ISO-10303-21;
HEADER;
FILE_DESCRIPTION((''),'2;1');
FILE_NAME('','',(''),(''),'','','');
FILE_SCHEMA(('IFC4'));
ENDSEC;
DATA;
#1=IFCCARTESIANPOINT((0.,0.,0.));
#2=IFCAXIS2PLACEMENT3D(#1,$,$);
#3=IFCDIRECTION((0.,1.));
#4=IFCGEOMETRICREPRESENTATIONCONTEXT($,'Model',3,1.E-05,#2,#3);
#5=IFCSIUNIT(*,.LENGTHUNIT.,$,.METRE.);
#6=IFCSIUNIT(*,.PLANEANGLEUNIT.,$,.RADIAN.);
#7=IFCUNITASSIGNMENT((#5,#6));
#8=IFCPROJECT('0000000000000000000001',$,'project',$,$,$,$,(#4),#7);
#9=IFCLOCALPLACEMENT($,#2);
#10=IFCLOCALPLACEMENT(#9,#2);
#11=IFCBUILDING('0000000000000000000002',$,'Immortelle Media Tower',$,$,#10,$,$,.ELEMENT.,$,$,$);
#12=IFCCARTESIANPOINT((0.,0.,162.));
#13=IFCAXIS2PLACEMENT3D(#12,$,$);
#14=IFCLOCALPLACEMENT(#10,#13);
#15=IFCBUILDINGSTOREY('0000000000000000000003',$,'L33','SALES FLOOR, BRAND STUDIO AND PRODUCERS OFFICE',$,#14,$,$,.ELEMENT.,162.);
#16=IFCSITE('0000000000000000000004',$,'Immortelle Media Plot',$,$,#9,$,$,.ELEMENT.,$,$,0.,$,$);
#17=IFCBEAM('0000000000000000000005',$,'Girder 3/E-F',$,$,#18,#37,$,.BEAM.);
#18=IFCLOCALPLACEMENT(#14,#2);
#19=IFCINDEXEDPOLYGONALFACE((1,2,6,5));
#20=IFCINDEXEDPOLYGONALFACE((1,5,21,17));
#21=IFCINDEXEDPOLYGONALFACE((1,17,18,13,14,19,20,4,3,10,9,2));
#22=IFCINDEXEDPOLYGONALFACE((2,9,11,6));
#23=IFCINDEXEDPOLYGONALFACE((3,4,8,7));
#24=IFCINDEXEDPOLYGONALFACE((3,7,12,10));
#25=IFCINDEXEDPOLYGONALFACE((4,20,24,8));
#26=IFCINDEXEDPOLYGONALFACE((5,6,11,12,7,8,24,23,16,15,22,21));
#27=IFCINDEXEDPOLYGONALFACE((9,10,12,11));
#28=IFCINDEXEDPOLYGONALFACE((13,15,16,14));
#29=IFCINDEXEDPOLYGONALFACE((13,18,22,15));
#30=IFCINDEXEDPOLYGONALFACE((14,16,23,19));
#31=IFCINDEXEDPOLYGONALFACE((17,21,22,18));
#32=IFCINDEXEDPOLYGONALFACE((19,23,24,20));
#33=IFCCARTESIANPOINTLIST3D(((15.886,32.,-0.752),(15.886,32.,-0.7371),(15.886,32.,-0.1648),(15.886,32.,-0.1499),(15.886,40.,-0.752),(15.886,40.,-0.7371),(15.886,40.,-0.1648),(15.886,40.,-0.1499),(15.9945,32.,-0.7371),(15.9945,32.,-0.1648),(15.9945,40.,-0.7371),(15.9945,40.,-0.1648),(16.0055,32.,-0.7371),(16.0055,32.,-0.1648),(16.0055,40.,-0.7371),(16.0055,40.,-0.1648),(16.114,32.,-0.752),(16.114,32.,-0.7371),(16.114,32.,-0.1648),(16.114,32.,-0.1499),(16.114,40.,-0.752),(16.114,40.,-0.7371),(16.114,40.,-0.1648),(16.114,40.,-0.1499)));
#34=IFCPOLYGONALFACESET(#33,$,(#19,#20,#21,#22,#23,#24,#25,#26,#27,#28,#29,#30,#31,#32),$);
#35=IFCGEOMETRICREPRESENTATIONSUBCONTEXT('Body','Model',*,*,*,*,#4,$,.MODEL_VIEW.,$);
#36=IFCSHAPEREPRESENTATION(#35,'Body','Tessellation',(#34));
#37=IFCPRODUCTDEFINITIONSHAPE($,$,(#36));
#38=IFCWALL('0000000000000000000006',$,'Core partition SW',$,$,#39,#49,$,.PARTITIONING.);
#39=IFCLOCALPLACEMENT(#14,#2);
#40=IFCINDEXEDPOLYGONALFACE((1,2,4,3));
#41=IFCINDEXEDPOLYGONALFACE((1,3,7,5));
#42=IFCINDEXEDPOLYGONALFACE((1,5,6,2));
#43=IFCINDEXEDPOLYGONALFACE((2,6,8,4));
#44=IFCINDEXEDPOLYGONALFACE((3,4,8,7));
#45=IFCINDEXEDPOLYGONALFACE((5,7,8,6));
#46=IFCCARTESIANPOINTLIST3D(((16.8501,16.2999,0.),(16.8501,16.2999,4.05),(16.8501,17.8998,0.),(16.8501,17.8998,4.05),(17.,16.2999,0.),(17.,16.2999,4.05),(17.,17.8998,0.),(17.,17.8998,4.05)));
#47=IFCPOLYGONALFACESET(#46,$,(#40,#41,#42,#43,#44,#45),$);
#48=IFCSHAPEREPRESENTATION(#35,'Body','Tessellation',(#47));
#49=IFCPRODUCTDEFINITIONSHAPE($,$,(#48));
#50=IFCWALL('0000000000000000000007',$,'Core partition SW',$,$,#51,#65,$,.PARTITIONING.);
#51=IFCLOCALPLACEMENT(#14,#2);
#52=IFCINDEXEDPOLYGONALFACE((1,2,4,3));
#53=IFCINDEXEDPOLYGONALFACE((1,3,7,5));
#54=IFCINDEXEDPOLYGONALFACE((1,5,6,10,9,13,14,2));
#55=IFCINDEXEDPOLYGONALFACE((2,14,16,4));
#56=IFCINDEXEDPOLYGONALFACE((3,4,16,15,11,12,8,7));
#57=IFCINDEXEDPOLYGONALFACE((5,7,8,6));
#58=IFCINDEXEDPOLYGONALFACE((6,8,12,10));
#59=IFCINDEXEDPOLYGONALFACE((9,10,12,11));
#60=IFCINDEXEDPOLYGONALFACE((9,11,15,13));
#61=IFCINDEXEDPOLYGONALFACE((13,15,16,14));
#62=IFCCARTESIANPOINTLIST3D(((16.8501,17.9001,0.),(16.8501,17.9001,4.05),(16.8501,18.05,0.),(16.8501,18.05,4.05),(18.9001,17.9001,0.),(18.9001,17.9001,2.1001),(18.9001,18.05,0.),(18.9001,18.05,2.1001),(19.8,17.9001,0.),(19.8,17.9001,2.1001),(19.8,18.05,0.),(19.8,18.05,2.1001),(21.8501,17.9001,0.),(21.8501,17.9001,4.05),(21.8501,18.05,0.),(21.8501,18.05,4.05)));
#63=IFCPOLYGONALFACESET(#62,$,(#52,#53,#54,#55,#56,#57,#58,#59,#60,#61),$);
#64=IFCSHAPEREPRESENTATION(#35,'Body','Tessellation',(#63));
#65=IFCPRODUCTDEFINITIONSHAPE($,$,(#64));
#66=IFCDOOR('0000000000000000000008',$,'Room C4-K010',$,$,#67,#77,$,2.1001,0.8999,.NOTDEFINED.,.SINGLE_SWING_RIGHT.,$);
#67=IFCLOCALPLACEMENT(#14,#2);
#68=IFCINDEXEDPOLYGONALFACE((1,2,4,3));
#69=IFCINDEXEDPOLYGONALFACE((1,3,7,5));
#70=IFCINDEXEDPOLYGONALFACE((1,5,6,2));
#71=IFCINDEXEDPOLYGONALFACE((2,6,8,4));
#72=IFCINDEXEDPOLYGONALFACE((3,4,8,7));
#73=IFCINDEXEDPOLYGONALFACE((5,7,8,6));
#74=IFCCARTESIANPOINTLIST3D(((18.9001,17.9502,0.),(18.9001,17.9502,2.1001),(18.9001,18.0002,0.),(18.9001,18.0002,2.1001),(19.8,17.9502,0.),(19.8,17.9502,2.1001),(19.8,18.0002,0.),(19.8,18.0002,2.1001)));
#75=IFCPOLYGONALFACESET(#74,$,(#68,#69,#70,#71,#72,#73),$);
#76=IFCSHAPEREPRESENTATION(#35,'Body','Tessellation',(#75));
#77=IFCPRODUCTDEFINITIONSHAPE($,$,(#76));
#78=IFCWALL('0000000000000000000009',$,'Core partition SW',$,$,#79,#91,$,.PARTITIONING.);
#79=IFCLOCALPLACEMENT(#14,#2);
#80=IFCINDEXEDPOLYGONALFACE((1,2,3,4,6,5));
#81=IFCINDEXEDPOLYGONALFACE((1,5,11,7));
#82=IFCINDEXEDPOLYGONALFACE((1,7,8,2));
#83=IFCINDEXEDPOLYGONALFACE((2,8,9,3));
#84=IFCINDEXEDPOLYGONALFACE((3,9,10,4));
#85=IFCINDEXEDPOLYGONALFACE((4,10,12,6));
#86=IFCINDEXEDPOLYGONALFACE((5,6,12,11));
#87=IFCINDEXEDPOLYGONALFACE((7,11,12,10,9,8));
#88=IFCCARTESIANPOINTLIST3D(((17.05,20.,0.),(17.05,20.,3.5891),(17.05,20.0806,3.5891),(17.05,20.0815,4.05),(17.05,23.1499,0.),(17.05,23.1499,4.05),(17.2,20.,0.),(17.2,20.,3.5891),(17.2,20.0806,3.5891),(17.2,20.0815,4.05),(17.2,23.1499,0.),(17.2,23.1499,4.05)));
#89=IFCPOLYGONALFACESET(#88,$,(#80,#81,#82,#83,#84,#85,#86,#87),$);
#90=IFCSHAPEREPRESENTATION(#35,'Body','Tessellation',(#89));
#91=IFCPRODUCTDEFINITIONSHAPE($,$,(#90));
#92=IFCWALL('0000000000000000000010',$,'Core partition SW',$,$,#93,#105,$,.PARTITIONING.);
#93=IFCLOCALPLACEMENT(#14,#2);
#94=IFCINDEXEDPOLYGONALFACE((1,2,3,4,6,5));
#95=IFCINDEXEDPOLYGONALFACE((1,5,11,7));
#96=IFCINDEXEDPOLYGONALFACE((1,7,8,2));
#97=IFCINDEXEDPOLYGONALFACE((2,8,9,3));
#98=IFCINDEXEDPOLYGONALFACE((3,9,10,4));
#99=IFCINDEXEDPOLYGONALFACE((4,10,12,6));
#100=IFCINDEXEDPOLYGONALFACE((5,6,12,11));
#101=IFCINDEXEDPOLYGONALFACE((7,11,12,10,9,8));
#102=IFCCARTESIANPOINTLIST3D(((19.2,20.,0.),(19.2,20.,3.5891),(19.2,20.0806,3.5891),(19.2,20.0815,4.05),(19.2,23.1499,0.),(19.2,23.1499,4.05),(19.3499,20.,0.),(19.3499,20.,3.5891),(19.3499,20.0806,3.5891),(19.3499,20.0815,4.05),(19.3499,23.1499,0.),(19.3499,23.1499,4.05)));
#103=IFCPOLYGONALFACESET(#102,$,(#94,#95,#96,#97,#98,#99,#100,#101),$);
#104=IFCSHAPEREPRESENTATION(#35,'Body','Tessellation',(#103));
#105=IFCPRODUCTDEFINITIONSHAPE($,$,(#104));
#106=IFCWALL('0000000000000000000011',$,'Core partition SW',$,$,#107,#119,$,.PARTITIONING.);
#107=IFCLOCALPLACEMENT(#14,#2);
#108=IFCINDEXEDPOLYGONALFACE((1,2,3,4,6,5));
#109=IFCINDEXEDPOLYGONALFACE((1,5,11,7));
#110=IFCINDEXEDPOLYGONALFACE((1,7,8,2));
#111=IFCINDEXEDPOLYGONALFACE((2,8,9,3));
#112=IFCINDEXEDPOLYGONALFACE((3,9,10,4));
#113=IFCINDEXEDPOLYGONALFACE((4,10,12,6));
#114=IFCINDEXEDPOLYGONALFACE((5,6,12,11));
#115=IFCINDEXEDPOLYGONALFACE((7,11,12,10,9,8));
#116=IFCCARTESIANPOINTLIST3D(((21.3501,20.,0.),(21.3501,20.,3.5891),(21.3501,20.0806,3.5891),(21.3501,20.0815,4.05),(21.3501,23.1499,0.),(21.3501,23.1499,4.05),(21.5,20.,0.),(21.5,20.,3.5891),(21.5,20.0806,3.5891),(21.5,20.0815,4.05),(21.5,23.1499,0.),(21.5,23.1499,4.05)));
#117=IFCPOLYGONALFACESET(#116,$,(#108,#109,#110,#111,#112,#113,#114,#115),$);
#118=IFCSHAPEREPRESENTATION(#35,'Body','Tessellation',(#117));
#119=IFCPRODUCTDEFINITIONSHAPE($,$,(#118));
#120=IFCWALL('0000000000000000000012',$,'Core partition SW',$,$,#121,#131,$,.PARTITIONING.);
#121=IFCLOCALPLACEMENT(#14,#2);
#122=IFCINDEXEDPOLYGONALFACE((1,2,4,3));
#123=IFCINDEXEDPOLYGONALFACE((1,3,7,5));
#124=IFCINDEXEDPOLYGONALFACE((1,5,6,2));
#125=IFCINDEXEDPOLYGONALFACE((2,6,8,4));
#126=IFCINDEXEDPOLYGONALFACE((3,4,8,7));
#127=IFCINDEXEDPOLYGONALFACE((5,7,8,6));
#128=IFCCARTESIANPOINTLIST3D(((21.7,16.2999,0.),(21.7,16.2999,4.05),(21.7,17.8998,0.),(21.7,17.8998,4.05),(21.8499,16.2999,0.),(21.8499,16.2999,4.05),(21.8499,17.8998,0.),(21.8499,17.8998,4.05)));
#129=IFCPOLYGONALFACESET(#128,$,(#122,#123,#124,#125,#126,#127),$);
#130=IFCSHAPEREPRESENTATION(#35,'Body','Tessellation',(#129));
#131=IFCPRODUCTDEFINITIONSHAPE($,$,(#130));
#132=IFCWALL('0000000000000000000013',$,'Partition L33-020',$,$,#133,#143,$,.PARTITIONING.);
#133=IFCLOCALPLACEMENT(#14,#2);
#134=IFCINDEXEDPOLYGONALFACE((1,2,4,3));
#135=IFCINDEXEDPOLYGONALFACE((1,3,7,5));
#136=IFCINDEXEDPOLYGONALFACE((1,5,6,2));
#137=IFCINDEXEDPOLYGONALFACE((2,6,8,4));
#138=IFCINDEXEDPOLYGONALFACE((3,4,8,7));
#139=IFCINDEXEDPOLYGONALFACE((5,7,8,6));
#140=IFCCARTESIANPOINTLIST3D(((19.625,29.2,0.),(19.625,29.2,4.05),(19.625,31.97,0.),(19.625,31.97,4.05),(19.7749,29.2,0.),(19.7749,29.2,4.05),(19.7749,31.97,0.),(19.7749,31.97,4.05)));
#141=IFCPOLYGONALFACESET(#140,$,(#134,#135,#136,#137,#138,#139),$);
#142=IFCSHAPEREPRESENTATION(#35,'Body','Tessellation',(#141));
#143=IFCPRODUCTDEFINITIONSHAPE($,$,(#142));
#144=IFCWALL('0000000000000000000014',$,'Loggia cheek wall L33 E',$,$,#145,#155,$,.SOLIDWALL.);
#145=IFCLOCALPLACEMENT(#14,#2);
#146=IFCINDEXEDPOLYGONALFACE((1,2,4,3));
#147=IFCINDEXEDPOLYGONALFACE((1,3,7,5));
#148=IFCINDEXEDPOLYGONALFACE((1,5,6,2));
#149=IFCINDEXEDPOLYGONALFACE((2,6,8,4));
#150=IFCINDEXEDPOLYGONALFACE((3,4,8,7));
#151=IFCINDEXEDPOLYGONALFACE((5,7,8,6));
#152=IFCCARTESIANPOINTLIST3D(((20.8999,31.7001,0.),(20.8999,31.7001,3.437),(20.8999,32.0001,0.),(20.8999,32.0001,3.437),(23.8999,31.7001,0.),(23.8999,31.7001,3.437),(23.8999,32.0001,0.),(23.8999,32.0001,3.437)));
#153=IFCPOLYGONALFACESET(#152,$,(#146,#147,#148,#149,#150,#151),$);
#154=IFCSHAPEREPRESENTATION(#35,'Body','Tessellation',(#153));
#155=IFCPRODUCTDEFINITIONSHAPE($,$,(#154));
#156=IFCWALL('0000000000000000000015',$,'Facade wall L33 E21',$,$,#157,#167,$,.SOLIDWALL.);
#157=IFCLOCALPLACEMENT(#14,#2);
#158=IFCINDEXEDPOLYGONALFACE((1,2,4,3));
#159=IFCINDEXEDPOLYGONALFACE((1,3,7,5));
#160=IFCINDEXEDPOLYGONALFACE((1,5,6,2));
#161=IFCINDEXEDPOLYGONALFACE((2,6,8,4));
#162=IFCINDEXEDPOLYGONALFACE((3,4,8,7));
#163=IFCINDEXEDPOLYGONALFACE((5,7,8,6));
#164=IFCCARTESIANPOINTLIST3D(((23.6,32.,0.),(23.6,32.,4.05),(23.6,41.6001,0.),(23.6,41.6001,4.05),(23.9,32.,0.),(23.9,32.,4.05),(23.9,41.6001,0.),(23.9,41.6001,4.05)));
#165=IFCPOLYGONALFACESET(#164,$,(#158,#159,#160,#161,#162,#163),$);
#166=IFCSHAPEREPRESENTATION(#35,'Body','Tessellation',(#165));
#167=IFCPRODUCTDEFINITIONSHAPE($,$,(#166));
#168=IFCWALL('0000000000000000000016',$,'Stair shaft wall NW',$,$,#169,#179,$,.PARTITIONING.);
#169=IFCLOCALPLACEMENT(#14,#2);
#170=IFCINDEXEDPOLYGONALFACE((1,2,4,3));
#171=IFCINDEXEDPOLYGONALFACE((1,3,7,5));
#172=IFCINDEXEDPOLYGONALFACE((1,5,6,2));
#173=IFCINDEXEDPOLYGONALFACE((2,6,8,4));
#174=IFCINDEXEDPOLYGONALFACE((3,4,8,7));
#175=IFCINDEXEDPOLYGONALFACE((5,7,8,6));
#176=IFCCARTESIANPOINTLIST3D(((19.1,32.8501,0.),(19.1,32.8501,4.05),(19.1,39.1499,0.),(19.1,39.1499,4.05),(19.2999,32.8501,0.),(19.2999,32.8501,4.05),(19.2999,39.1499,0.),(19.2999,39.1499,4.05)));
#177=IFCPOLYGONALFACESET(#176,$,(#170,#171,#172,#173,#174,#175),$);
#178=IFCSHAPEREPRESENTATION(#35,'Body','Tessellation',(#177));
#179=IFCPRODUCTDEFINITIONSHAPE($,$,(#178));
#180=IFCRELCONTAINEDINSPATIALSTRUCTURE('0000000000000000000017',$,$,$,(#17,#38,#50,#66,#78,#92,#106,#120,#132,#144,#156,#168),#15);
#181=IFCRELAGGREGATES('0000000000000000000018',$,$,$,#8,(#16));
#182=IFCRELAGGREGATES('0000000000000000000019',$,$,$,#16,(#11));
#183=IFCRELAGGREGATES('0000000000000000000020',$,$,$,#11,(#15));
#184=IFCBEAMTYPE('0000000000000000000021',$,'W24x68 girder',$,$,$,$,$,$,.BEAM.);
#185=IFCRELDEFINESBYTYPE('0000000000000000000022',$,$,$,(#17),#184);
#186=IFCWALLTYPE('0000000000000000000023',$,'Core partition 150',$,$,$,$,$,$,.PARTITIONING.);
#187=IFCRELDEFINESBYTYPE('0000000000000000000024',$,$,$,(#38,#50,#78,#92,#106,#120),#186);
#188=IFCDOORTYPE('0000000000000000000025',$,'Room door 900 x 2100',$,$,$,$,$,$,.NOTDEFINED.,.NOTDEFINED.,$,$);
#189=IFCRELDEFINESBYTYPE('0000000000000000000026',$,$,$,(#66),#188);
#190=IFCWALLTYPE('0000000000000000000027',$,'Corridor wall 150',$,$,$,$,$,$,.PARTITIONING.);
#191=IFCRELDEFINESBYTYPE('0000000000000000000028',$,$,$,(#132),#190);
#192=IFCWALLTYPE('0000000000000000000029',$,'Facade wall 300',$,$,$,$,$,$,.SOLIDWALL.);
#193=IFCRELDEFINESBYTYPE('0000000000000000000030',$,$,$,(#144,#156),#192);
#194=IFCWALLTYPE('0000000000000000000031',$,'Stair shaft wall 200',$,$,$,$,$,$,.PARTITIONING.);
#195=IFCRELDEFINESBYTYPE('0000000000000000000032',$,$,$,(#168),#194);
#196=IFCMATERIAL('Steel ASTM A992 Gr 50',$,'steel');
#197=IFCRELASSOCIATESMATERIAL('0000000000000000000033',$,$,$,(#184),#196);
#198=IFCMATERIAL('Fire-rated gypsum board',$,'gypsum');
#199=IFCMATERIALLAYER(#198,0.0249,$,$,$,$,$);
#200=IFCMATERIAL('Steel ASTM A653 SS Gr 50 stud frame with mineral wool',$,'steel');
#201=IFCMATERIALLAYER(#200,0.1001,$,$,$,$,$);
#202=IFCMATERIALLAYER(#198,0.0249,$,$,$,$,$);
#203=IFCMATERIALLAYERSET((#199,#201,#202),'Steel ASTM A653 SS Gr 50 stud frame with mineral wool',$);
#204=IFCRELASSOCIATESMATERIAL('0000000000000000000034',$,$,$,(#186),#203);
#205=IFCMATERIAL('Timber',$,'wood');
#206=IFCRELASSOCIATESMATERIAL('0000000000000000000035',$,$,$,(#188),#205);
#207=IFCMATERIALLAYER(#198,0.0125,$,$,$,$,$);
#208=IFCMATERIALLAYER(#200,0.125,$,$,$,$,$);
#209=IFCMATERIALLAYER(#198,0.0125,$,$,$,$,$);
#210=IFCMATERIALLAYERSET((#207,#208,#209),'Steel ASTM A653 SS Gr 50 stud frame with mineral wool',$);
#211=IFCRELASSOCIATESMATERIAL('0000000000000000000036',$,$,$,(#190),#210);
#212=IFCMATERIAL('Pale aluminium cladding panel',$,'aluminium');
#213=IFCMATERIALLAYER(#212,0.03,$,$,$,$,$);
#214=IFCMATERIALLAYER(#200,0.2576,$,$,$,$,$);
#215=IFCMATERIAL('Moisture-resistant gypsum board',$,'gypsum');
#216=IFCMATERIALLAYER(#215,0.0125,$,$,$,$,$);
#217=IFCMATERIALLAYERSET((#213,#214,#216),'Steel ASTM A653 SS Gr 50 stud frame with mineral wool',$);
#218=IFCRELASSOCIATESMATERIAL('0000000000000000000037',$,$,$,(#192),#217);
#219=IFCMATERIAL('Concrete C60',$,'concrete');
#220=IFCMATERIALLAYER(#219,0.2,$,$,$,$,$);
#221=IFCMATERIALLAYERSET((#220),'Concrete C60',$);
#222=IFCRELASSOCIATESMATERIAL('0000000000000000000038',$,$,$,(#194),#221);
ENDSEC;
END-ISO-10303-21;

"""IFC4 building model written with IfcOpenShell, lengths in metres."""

from ifc_helpers import new_model, si_unit, direction, frame, frame_2d, origin, origin_2d, place, context, subcontext, project, spatial, polyline, rectangle, i_section, outline, extrude, material, layer, layer_set, material_profile, profile_set, type_object, element, fill, save


model = new_model("IFC4")

# Units and contexts
model_context = context("Model", 3, precision=1e-05, world=origin(), true_north=direction((0.0, 1.0)))
body_context = subcontext(model_context, "Body", "Model", "MODEL_VIEW")
ifc_project = project(units=[si_unit("LENGTHUNIT", "METRE"), si_unit("PLANEANGLEUNIT", "RADIAN")], contexts=[model_context])

# Site, building, storey
site_placement = place(None, origin())
site = spatial("IfcSite", under=ifc_project, at=site_placement, Name="Immortelle Media Plot", CompositionType="ELEMENT", RefElevation=0.0)
building_placement = place(site_placement, origin())
building = spatial("IfcBuilding", under=site, at=building_placement, Name="Immortelle Media Tower", CompositionType="ELEMENT")
storey_placement = place(building_placement, frame((0.0, 0.0, 162.0)))
storey = spatial("IfcBuildingStorey", under=building, at=storey_placement, Name="L33", Description="SALES FLOOR, BRAND STUDIO AND PRODUCERS OFFICE", CompositionType="ELEMENT", Elevation=162.0)

# Shared definitions
ifc_material_1 = material(Name="Steel ASTM A992 Gr 50", Category="steel")

# Beam
ifc_material_profile_1 = material_profile(ifc_material_1, i_section(OverallWidth=0.228, OverallDepth=0.6021, WebThickness=0.011, FlangeThickness=0.0149, at=origin_2d()), Name="W24x68")
ifc_profile_set_1 = profile_set([ifc_material_profile_1], Name="Steel ASTM A992 Gr 50")
beam_type_1 = type_object("IfcBeamType", Name="W24x68 girder", PredefinedType="BEAM", material=ifc_profile_set_1)
for number, where, z_axis, x_axis, name in (
    (1, (16.0, 32.0, -0.4509), (0.0, 1.0, 0.0), (-1.0, 0.0, 0.0), "Girder 3/E-F"),
):
    element("IfcBeam", number, at=place(storey_placement, frame(where, z_axis=z_axis, x_axis=x_axis)), inside=storey, type_object=beam_type_1, Name=name, PredefinedType="BEAM", context=body_context, shape_type="SweptSolid", body=[
        extrude(i_section(OverallWidth=0.228, OverallDepth=0.6021, WebThickness=0.011, FlangeThickness=0.0149, at=origin_2d()), origin(), (0.0, 0.0, 1.0), 8.0),
    ])

# Wall
ifc_material_2 = material(Name="Fire-rated gypsum board", Category="gypsum")
ifc_layer_1 = layer(ifc_material_2, 0.0249)
ifc_material_3 = material(Name="Steel ASTM A653 SS Gr 50 stud frame with mineral wool", Category="steel")
ifc_layer_2 = layer(ifc_material_3, 0.1001)
ifc_layer_3 = layer(ifc_material_2, 0.0249)
ifc_layer_set_1 = layer_set([ifc_layer_1, ifc_layer_2, ifc_layer_3], Name="Steel ASTM A653 SS Gr 50 stud frame with mineral wool")
wall_type_1 = type_object("IfcWallType", Name="Core partition 150", PredefinedType="PARTITIONING", material=ifc_layer_set_1)
wall_1_placement = place(storey_placement, frame((16.925, 16.3, 0.0), z_axis=(0.0, 0.0, 1.0), x_axis=(0.0, 1.0, 0.0)))
element("IfcWall", 2, at=wall_1_placement, inside=storey, type_object=wall_type_1, Name="Core partition SW", PredefinedType="PARTITIONING", context=body_context, shape_type="SweptSolid", body=[
    extrude(rectangle(XDim=1.5999, YDim=0.1499, at=frame_2d((0.7998, 0.0))), origin(), (0.0, 0.0, 1.0), 4.05),
])

# Wall, opening, door
wall_2_placement = place(storey_placement, frame((16.8501, 17.9751, 0.0), z_axis=(0.0, 0.0, 1.0), x_axis=(1.0, 0.0, 0.0)))
wall_2 = element("IfcWall", 3, at=wall_2_placement, inside=storey, type_object=wall_type_1, Name="Core partition SW", PredefinedType="PARTITIONING", context=body_context, shape_type="SweptSolid", body=[
    extrude(rectangle(XDim=5.0, YDim=0.1499, at=frame_2d((2.5, 0.0))), origin(), (0.0, 0.0, 1.0), 4.05),
])
opening_1_placement = place(wall_2_placement, frame((2.95, 0.0, 0.0), z_axis=(0.0, 0.0, 1.0), x_axis=(-1.0, 0.0, 0.0)))
opening_1 = element("IfcOpeningElement", 4, at=opening_1_placement, cuts=wall_2, PredefinedType="OPENING", context=body_context, shape_type="SweptSolid", body=[
    extrude(rectangle(XDim=0.8999, YDim=2.1001, at=frame_2d((0.45, 1.05))), frame((0.0, 0.085, 0.0), z_axis=(0.0, -1.0, 0.0), x_axis=(1.0, 0.0, 0.0)), (0.0, 0.0, 1.0), 0.1699),
])
ifc_material_4 = material(Name="Timber", Category="wood")
door_type_1 = type_object("IfcDoorType", Name="Room door 900 x 2100", OperationType="NOTDEFINED", PredefinedType="NOTDEFINED", material=ifc_material_4)
door_1_placement = place(opening_1_placement, origin())
door_1 = element("IfcDoor", 5, at=door_1_placement, inside=storey, type_object=door_type_1, Name="Room C4-K010", OperationType="SINGLE_SWING_RIGHT", OverallHeight=2.1001, OverallWidth=0.8999, PredefinedType="NOTDEFINED", context=body_context, shape_type="SweptSolid", body=[
    extrude(rectangle(XDim=0.8999, YDim=2.1001, at=frame_2d((0.45, 1.05))), frame((0.0, 0.0249, 0.0), z_axis=(0.0, -1.0, 0.0), x_axis=(1.0, 0.0, 0.0)), (0.0, 0.0, 1.0), 0.05),
])
fill(opening_1, door_1)

# Walls
for number, where, z_axis, x_axis, name in (
    (6, (17.125, 20.0, 0.0), (0.0, 0.0, 1.0), (0.0, 1.0, 0.0), "Core partition SW"),
    (7, (19.2749, 20.0, 0.0), (0.0, 0.0, 1.0), (0.0, 1.0, 0.0), "Core partition SW"),
    (8, (21.425, 20.0, 0.0), (0.0, 0.0, 1.0), (0.0, 1.0, 0.0), "Core partition SW"),
):
    element("IfcWall", number, at=place(storey_placement, frame(where, z_axis=z_axis, x_axis=x_axis)), inside=storey, type_object=wall_type_1, Name=name, PredefinedType="PARTITIONING", context=body_context, shape_type="SweptSolid", body=[
        extrude(outline(polyline([(0.0, 0.0), (3.1499, 0.0), (3.1499, 4.05), (0.0815, 4.05), (0.0806, 3.5891), (0.0, 3.5891), (0.0, 0.0)])), frame((0.0, 0.075, 0.0), z_axis=(0.0, -1.0, 0.0), x_axis=(1.0, 0.0, 0.0)), (0.0, 0.0, 1.0), 0.1499),
    ])
wall_3_placement = place(storey_placement, frame((21.7749, 16.3, 0.0), z_axis=(0.0, 0.0, 1.0), x_axis=(0.0, 1.0, 0.0)))
element("IfcWall", 9, at=wall_3_placement, inside=storey, type_object=wall_type_1, Name="Core partition SW", PredefinedType="PARTITIONING", context=body_context, shape_type="SweptSolid", body=[
    extrude(rectangle(XDim=1.5999, YDim=0.1499, at=frame_2d((0.7998, 0.0))), origin(), (0.0, 0.0, 1.0), 4.05),
])
ifc_layer_4 = layer(ifc_material_2, 0.0125)
ifc_layer_5 = layer(ifc_material_3, 0.125)
ifc_layer_6 = layer(ifc_material_2, 0.0125)
ifc_layer_set_2 = layer_set([ifc_layer_4, ifc_layer_5, ifc_layer_6], Name="Steel ASTM A653 SS Gr 50 stud frame with mineral wool")
wall_type_2 = type_object("IfcWallType", Name="Corridor wall 150", PredefinedType="PARTITIONING", material=ifc_layer_set_2)
wall_4_placement = place(storey_placement, frame((19.7, 29.2, 0.0), z_axis=(0.0, 0.0, 1.0), x_axis=(0.0, 1.0, 0.0)))
element("IfcWall", 10, at=wall_4_placement, inside=storey, type_object=wall_type_2, Name="Partition L33-020", PredefinedType="PARTITIONING", context=body_context, shape_type="SweptSolid", body=[
    extrude(rectangle(XDim=2.77, YDim=0.1499, at=frame_2d((1.385, 0.0))), origin(), (0.0, 0.0, 1.0), 4.05),
])

# Shared definitions
ifc_material_5 = material(Name="Pale aluminium cladding panel", Category="aluminium")
ifc_layer_7 = layer(ifc_material_5, 0.03)
ifc_layer_8 = layer(ifc_material_3, 0.2576)
ifc_material_6 = material(Name="Moisture-resistant gypsum board", Category="gypsum")
ifc_layer_9 = layer(ifc_material_6, 0.0125)
ifc_layer_set_3 = layer_set([ifc_layer_7, ifc_layer_8, ifc_layer_9], Name="Steel ASTM A653 SS Gr 50 stud frame with mineral wool")
wall_type_3 = type_object("IfcWallType", Name="Facade wall 300", PredefinedType="SOLIDWALL", material=ifc_layer_set_3)

# Walls
wall_5_placement = place(storey_placement, frame((23.8999, 31.8501, 0.0), z_axis=(0.0, 0.0, 1.0), x_axis=(-1.0, 0.0, 0.0)))
element("IfcWall", 11, at=wall_5_placement, inside=storey, type_object=wall_type_3, Name="Loggia cheek wall L33 E", PredefinedType="SOLIDWALL", context=body_context, shape_type="SweptSolid", body=[
    extrude(rectangle(XDim=3.0, YDim=0.3, at=frame_2d((1.5, 0.0))), origin(), (0.0, 0.0, 1.0), 3.437),
])
wall_6_placement = place(storey_placement, frame((23.75, 32.0, 0.0), z_axis=(0.0, 0.0, 1.0), x_axis=(0.0, 1.0, 0.0)))
element("IfcWall", 12, at=wall_6_placement, inside=storey, type_object=wall_type_3, Name="Facade wall L33 E21", PredefinedType="SOLIDWALL", context=body_context, shape_type="SweptSolid", body=[
    extrude(rectangle(XDim=9.6001, YDim=0.3, at=frame_2d((4.8, 0.0))), origin(), (0.0, 0.0, 1.0), 4.05),
])
ifc_material_7 = material(Name="Concrete C60", Category="concrete")
ifc_layer_10 = layer(ifc_material_7, 0.2)
ifc_layer_set_4 = layer_set([ifc_layer_10], Name="Concrete C60")
wall_type_4 = type_object("IfcWallType", Name="Stair shaft wall 200", PredefinedType="PARTITIONING", material=ifc_layer_set_4)
wall_7_placement = place(storey_placement, frame((19.2, 32.8501, 0.0), z_axis=(0.0, 0.0, 1.0), x_axis=(0.0, 1.0, 0.0)))
element("IfcWall", 13, at=wall_7_placement, inside=storey, type_object=wall_type_4, Name="Stair shaft wall NW", PredefinedType="PARTITIONING", context=body_context, shape_type="SweptSolid", body=[
    extrude(rectangle(XDim=6.2998, YDim=0.2, at=frame_2d((3.1499, 0.0))), origin(), (0.0, 0.0, 1.0), 4.05),
])

save(model, "model.ifc")
